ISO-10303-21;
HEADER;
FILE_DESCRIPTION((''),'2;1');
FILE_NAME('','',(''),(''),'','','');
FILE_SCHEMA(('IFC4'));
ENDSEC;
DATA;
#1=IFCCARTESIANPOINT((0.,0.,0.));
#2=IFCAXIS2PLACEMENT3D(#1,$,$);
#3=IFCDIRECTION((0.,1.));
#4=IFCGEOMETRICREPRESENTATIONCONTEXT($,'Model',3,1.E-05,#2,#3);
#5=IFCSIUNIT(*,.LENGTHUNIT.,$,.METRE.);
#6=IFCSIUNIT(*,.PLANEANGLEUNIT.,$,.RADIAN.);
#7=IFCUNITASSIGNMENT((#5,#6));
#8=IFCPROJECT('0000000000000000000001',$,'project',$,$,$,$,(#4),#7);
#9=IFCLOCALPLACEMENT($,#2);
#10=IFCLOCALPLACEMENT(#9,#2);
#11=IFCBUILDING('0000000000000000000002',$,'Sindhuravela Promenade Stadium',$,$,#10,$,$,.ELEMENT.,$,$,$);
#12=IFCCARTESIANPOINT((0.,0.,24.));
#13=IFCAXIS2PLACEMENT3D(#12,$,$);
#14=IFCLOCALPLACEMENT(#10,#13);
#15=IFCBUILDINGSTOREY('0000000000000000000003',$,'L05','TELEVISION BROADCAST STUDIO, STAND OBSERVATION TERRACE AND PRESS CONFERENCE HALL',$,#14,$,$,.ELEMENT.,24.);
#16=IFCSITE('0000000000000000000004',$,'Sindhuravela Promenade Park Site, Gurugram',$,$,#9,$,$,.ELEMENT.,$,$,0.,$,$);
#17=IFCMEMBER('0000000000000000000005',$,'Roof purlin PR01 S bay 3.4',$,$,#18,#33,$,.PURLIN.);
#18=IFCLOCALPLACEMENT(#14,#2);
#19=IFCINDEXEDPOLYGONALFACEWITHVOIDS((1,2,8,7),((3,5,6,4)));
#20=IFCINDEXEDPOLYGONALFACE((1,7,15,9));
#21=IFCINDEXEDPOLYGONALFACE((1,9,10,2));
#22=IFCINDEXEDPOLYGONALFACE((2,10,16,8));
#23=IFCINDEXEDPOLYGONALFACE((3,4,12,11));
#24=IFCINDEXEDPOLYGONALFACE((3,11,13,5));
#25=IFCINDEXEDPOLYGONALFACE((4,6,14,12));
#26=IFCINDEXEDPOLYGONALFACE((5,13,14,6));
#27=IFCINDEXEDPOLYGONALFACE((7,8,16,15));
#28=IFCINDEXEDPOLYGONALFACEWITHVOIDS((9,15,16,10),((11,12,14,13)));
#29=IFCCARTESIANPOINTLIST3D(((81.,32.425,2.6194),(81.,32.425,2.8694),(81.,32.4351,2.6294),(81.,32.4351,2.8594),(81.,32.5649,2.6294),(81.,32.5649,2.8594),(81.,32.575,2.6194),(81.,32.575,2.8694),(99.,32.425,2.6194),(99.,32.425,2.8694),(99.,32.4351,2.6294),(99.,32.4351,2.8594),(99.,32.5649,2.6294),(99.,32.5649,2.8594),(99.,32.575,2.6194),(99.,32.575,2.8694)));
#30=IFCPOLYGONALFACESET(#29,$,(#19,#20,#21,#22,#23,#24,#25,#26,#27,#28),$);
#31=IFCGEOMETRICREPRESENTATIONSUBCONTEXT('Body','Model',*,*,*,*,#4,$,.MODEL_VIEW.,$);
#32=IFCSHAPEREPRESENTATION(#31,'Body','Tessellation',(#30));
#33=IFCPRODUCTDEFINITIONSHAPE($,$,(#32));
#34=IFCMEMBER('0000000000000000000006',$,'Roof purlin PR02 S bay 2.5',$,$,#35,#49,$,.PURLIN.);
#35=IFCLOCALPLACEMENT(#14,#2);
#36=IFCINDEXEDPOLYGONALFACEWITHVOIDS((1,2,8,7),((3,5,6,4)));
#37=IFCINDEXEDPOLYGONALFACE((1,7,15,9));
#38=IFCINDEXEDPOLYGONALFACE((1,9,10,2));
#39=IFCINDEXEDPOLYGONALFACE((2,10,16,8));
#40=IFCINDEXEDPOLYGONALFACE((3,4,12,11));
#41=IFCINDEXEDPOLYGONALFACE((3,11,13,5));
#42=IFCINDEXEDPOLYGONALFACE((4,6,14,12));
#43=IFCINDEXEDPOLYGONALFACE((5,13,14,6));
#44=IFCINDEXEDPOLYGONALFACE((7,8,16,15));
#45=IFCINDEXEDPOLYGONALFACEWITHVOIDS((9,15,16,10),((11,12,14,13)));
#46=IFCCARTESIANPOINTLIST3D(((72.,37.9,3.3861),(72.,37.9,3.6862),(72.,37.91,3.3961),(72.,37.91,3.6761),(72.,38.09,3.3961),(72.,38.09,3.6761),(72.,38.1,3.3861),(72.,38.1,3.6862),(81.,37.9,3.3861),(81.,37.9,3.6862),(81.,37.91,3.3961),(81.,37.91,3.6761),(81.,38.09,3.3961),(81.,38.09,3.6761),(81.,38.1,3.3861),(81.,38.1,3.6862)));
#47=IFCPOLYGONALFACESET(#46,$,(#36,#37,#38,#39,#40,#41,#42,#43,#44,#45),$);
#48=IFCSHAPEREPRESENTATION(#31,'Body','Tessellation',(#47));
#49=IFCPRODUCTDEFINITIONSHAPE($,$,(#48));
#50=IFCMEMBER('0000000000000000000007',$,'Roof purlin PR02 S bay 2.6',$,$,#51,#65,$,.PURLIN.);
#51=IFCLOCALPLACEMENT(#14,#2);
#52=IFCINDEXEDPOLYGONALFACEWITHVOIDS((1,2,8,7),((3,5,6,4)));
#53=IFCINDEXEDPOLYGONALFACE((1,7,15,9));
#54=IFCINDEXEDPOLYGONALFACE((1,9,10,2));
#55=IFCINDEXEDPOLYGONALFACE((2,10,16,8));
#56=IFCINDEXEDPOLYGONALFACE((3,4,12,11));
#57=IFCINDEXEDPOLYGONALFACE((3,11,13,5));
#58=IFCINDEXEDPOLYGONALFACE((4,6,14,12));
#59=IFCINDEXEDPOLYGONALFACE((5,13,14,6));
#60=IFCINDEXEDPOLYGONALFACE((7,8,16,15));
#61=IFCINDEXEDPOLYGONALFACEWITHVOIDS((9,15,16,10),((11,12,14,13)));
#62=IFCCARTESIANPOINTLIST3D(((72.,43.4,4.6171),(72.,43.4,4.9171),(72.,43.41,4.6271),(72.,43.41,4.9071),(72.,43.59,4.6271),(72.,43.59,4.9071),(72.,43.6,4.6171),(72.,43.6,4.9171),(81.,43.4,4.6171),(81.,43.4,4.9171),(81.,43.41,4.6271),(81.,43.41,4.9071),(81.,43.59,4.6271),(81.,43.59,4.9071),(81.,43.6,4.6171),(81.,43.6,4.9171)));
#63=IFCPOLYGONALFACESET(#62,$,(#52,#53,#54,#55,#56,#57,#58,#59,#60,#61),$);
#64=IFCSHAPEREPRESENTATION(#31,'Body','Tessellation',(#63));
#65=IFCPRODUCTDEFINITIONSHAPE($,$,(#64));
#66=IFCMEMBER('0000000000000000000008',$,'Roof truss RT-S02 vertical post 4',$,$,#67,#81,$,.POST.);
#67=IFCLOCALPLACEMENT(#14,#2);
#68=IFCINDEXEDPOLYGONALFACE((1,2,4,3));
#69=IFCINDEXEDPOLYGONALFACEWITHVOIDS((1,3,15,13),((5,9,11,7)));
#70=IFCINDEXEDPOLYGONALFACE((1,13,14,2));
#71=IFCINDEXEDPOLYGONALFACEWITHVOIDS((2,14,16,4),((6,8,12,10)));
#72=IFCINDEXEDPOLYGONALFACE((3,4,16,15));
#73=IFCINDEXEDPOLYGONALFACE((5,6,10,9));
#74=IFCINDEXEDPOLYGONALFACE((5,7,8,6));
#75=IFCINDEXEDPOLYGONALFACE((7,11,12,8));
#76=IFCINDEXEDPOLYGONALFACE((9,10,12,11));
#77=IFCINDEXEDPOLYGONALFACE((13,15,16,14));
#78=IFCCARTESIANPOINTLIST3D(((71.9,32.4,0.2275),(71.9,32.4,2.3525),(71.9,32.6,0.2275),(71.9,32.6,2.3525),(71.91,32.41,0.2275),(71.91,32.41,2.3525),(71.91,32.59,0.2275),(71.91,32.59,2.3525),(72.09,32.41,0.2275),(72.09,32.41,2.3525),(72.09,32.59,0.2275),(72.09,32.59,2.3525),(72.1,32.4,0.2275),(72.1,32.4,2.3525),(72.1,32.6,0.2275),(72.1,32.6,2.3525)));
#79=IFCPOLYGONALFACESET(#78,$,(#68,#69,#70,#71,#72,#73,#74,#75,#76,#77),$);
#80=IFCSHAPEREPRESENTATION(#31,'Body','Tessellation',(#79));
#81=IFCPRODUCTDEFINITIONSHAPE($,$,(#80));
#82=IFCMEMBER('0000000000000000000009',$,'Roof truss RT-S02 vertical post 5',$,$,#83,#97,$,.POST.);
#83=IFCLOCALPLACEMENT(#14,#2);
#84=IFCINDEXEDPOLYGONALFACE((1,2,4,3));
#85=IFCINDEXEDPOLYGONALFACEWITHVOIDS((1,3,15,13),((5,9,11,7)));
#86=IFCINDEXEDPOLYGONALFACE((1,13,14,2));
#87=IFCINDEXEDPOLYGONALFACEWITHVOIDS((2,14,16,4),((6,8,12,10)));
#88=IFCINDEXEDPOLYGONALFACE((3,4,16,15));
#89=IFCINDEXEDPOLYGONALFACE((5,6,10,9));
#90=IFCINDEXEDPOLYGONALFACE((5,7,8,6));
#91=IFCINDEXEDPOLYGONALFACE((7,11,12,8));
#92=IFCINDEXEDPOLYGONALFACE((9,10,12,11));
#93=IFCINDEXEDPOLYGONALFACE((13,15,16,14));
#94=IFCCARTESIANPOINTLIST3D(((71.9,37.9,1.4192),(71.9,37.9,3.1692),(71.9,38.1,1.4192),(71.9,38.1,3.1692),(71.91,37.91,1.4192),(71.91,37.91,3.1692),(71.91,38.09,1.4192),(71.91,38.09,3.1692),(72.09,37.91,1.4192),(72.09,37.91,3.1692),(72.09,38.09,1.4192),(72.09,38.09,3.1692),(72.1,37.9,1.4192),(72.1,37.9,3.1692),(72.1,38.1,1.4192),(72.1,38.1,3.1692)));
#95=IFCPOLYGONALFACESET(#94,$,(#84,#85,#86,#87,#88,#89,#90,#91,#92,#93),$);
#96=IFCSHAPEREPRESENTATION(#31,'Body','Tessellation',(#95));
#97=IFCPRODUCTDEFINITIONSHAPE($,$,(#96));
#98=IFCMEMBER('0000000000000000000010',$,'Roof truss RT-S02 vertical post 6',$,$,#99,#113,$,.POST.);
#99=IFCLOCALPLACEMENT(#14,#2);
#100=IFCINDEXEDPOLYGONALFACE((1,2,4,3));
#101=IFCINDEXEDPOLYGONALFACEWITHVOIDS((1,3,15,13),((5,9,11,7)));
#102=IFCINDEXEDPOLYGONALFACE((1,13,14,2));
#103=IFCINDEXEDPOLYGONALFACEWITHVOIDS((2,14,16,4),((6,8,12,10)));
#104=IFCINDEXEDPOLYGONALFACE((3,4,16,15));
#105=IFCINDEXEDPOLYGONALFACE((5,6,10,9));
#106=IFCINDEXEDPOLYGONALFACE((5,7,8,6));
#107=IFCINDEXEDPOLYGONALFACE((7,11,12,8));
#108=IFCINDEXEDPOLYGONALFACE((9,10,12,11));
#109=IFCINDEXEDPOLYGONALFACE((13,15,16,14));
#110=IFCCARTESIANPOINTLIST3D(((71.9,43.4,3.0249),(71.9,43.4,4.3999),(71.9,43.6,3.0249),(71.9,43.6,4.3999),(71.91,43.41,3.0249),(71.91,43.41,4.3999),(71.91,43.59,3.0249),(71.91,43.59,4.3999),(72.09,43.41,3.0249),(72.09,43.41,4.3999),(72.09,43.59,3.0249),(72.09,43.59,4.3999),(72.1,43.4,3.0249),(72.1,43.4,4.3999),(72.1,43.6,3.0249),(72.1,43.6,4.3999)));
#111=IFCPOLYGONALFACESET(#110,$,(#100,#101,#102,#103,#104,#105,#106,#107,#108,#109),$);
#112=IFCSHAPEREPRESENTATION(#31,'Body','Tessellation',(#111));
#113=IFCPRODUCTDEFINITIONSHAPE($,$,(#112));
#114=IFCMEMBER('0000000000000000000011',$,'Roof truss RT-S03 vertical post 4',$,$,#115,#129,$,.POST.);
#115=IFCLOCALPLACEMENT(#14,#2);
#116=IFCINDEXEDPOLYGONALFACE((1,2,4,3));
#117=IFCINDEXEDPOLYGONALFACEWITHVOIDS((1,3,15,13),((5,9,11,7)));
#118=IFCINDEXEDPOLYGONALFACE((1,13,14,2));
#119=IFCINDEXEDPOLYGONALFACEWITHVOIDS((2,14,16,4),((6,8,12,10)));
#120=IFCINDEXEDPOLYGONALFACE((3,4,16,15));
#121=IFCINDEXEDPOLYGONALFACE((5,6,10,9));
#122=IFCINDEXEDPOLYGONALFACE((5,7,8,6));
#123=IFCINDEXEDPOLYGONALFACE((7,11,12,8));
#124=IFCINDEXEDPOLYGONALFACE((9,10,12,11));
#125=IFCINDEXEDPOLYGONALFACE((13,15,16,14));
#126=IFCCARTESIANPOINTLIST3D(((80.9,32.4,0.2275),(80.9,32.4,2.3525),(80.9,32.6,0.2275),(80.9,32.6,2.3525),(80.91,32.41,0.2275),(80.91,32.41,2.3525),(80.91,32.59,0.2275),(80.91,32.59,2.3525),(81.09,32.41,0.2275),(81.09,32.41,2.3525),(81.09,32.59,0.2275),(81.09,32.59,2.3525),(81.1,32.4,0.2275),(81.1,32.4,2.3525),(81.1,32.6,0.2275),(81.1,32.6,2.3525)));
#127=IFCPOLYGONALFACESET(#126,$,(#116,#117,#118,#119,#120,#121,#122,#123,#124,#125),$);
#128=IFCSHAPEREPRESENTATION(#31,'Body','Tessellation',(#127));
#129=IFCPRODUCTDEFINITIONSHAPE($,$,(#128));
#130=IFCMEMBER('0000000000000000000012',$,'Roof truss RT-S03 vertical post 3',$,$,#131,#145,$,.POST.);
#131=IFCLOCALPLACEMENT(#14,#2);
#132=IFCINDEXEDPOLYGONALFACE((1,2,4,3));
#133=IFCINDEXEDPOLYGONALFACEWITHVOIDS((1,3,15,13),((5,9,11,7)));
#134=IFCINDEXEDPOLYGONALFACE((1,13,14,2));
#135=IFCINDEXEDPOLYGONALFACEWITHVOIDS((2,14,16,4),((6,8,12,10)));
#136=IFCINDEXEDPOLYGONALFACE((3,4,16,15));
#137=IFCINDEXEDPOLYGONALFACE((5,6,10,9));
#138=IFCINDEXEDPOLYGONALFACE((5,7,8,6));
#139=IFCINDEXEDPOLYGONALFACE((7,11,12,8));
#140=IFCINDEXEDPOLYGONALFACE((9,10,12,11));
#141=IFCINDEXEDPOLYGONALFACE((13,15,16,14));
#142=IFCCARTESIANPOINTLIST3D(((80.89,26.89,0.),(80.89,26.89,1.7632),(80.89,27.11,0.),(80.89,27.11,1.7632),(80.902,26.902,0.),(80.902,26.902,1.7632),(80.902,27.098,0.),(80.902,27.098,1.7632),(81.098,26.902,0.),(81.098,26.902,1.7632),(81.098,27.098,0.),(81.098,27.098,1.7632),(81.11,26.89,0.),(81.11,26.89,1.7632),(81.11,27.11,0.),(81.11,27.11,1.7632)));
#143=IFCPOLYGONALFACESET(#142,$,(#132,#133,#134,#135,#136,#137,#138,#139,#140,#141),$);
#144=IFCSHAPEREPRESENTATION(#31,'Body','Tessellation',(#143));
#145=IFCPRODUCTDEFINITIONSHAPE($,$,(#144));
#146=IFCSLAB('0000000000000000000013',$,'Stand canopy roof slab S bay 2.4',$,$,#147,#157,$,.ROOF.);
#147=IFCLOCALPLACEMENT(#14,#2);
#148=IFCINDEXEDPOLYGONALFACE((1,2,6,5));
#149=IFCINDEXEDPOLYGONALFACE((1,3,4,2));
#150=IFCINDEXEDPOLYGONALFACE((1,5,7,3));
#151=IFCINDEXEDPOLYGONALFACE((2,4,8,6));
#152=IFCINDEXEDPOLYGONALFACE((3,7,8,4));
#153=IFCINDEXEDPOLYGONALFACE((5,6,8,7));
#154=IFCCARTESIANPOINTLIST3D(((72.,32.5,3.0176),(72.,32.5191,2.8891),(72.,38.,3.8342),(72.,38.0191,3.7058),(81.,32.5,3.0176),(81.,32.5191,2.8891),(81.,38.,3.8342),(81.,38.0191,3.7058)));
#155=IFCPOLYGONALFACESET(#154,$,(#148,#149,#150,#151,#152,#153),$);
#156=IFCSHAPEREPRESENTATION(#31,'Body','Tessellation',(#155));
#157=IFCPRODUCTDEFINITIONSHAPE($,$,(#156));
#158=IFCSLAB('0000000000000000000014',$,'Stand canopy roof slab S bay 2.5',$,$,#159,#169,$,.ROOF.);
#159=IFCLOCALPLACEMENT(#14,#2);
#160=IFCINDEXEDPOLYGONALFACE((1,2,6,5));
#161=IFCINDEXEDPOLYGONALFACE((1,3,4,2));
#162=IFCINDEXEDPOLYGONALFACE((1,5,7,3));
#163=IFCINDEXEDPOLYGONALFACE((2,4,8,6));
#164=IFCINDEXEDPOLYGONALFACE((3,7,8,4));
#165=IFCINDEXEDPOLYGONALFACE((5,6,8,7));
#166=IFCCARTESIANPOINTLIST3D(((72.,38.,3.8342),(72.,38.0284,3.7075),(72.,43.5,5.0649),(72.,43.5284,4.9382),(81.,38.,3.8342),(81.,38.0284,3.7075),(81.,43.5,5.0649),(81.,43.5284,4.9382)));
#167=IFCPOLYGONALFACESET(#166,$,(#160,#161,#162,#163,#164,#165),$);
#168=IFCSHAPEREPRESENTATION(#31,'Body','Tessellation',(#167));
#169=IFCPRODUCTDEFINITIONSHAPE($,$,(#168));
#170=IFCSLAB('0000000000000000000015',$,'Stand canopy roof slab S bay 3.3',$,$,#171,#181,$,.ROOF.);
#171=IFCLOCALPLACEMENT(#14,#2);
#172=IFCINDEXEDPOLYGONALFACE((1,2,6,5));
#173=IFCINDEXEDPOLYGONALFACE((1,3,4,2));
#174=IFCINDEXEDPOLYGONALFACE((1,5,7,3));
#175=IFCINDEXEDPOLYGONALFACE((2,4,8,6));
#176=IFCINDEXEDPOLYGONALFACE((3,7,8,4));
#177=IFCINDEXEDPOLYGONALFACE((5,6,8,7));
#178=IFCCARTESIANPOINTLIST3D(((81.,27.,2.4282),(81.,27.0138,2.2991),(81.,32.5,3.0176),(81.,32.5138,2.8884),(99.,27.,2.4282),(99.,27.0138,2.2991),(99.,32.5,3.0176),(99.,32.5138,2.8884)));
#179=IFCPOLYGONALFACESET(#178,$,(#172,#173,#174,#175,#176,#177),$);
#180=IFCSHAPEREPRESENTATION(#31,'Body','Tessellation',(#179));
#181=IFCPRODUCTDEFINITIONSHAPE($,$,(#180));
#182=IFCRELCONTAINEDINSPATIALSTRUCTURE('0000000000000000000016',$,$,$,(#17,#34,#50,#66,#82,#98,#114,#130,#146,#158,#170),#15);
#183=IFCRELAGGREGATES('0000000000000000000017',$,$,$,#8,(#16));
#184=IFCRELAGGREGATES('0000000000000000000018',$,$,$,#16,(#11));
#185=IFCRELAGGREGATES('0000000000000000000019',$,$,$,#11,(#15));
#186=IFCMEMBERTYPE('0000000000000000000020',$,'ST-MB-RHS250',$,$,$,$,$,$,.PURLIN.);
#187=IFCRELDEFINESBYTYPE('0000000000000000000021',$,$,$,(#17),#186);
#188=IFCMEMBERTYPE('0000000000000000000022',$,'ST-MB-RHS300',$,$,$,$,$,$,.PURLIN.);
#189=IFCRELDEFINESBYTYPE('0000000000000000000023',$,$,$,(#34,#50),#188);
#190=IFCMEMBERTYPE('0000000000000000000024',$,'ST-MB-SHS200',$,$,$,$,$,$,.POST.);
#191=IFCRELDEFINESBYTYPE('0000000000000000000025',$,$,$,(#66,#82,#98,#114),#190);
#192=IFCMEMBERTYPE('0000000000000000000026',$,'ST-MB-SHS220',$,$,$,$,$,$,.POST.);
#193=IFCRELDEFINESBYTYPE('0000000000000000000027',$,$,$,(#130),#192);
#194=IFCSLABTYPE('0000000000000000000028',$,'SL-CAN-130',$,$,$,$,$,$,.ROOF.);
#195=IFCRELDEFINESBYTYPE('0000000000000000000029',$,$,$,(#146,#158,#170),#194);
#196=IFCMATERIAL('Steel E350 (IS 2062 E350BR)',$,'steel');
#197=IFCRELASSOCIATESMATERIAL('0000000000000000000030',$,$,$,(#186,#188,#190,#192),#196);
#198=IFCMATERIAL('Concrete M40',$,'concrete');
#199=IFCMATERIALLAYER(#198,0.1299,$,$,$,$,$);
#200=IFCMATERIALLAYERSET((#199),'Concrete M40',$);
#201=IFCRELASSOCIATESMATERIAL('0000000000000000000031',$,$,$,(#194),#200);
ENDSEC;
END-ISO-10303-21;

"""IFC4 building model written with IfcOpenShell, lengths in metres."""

from ifc_helpers import new_model, si_unit, direction, frame, origin, origin_2d, place, context, subcontext, project, spatial, polyline, hollow_rectangle, outline, extrude, material, layer, layer_set, material_profile, profile_set, type_object, element, save


model = new_model("IFC4")

# Units and contexts
model_context = context("Model", 3, precision=1e-05, world=origin(), true_north=direction((0.0, 1.0)))
body_context = subcontext(model_context, "Body", "Model", "MODEL_VIEW")
ifc_project = project(units=[si_unit("LENGTHUNIT", "METRE"), si_unit("PLANEANGLEUNIT", "RADIAN")], contexts=[model_context])

# Site, building, storey
site_placement = place(None, origin())
site = spatial("IfcSite", under=ifc_project, at=site_placement, Name="Sindhuravela Promenade Park Site, Gurugram", CompositionType="ELEMENT", RefElevation=0.0)
building_placement = place(site_placement, origin())
building = spatial("IfcBuilding", under=site, at=building_placement, Name="Sindhuravela Promenade Stadium", CompositionType="ELEMENT")
storey_placement = place(building_placement, frame((0.0, 0.0, 24.0)))
storey = spatial("IfcBuildingStorey", under=building, at=storey_placement, Name="L05", Description="TELEVISION BROADCAST STUDIO, STAND OBSERVATION TERRACE AND PRESS CONFERENCE HALL", CompositionType="ELEMENT", Elevation=24.0)

# Shared definitions
ifc_material_1 = material(Name="Steel E350 (IS 2062 E350BR)", Category="steel")

# Members
ifc_material_profile_1 = material_profile(ifc_material_1, hollow_rectangle(XDim=0.1499, YDim=0.25, WallThickness=0.01, at=origin_2d()), Name="RHS 250x150x10")
ifc_profile_set_1 = profile_set([ifc_material_profile_1], Name="Steel E350 (IS 2062 E350BR)")
member_type_1 = type_object("IfcMemberType", Name="ST-MB-RHS250", PredefinedType="PURLIN", material=ifc_profile_set_1)
for number, where, z_axis, x_axis, name in (
    (1, (81.0, 32.5, 2.7444), (1.0, 0.0, 0.0), (0.0, 1.0, 0.0), "Roof purlin PR01 S bay 3.4"),
):
    element("IfcMember", number, at=place(storey_placement, frame(where, z_axis=z_axis, x_axis=x_axis)), inside=storey, type_object=member_type_1, Name=name, PredefinedType="PURLIN", context=body_context, shape_type="SweptSolid", body=[
        extrude(hollow_rectangle(XDim=0.1499, YDim=0.25, WallThickness=0.01, at=origin_2d()), origin(), (0.0, 0.0, 1.0), 18.0),
    ])
ifc_material_profile_2 = material_profile(ifc_material_1, hollow_rectangle(XDim=0.2, YDim=0.3, WallThickness=0.01, at=origin_2d()), Name="RHS 300x200x10")
ifc_profile_set_2 = profile_set([ifc_material_profile_2], Name="Steel E350 (IS 2062 E350BR)")
member_type_2 = type_object("IfcMemberType", Name="ST-MB-RHS300", PredefinedType="PURLIN", material=ifc_profile_set_2)
for number, where, z_axis, x_axis, name in (
    (2, (72.0, 38.0, 3.5361), (1.0, 0.0, 0.0), (0.0, 1.0, 0.0), "Roof purlin PR02 S bay 2.5"),
    (3, (72.0, 43.5, 4.7671), (1.0, 0.0, 0.0), (0.0, 1.0, 0.0), "Roof purlin PR02 S bay 2.6"),
):
    element("IfcMember", number, at=place(storey_placement, frame(where, z_axis=z_axis, x_axis=x_axis)), inside=storey, type_object=member_type_2, Name=name, PredefinedType="PURLIN", context=body_context, shape_type="SweptSolid", body=[
        extrude(hollow_rectangle(XDim=0.2, YDim=0.3, WallThickness=0.01, at=origin_2d()), origin(), (0.0, 0.0, 1.0), 9.0),
    ])
ifc_material_profile_3 = material_profile(ifc_material_1, hollow_rectangle(XDim=0.2, YDim=0.2, WallThickness=0.01, at=origin_2d()), Name="SHS 200x200x10")
ifc_profile_set_3 = profile_set([ifc_material_profile_3], Name="Steel E350 (IS 2062 E350BR)")
member_type_3 = type_object("IfcMemberType", Name="ST-MB-SHS200", PredefinedType="POST", material=ifc_profile_set_3)
member_1_placement = place(storey_placement, frame((72.0, 32.5, 0.2275), z_axis=(0.0, 0.0, 1.0), x_axis=(1.0, 0.0, 0.0)))
element("IfcMember", 4, at=member_1_placement, inside=storey, type_object=member_type_3, Name="Roof truss RT-S02 vertical post 4", PredefinedType="POST", context=body_context, shape_type="SweptSolid", body=[
    extrude(hollow_rectangle(XDim=0.2, YDim=0.2, WallThickness=0.01, at=origin_2d()), origin(), (0.0, 0.0, 1.0), 2.125),
])
member_2_placement = place(storey_placement, frame((72.0, 38.0, 1.4192), z_axis=(0.0, 0.0, 1.0), x_axis=(1.0, 0.0, 0.0)))
element("IfcMember", 5, at=member_2_placement, inside=storey, type_object=member_type_3, Name="Roof truss RT-S02 vertical post 5", PredefinedType="POST", context=body_context, shape_type="SweptSolid", body=[
    extrude(hollow_rectangle(XDim=0.2, YDim=0.2, WallThickness=0.01, at=origin_2d()), origin(), (0.0, 0.0, 1.0), 1.75),
])
member_3_placement = place(storey_placement, frame((72.0, 43.5, 3.0249), z_axis=(0.0, 0.0, 1.0), x_axis=(1.0, 0.0, 0.0)))
element("IfcMember", 6, at=member_3_placement, inside=storey, type_object=member_type_3, Name="Roof truss RT-S02 vertical post 6", PredefinedType="POST", context=body_context, shape_type="SweptSolid", body=[
    extrude(hollow_rectangle(XDim=0.2, YDim=0.2, WallThickness=0.01, at=origin_2d()), origin(), (0.0, 0.0, 1.0), 1.375),
])
member_4_placement = place(storey_placement, frame((81.0, 32.5, 0.2275), z_axis=(0.0, 0.0, 1.0), x_axis=(1.0, 0.0, 0.0)))
element("IfcMember", 7, at=member_4_placement, inside=storey, type_object=member_type_3, Name="Roof truss RT-S03 vertical post 4", PredefinedType="POST", context=body_context, shape_type="SweptSolid", body=[
    extrude(hollow_rectangle(XDim=0.2, YDim=0.2, WallThickness=0.01, at=origin_2d()), origin(), (0.0, 0.0, 1.0), 2.125),
])
ifc_material_profile_4 = material_profile(ifc_material_1, hollow_rectangle(XDim=0.22, YDim=0.22, WallThickness=0.012, at=origin_2d()), Name="SHS 220x220x12")
ifc_profile_set_4 = profile_set([ifc_material_profile_4], Name="Steel E350 (IS 2062 E350BR)")
member_type_4 = type_object("IfcMemberType", Name="ST-MB-SHS220", PredefinedType="POST", material=ifc_profile_set_4)
member_5_placement = place(storey_placement, frame((81.0, 27.0, 0.0), z_axis=(0.0, 0.0, 1.0), x_axis=(1.0, 0.0, 0.0)))
element("IfcMember", 8, at=member_5_placement, inside=storey, type_object=member_type_4, Name="Roof truss RT-S03 vertical post 3", PredefinedType="POST", context=body_context, shape_type="SweptSolid", body=[
    extrude(hollow_rectangle(XDim=0.22, YDim=0.22, WallThickness=0.012, at=origin_2d()), origin(), (0.0, 0.0, 1.0), 1.7632),
])

# Slabs
ifc_material_2 = material(Name="Concrete M40", Category="concrete")
ifc_layer_1 = layer(ifc_material_2, 0.1299)
ifc_layer_set_1 = layer_set([ifc_layer_1], Name="Concrete M40")
slab_type = type_object("IfcSlabType", Name="SL-CAN-130", PredefinedType="ROOF", material=ifc_layer_set_1)
slab_1_placement = place(storey_placement, frame((72.0, 32.5, 3.0176), z_axis=(0.0, -0.146872, 0.989156), x_axis=(1.0, 0.0, 0.0)))
element("IfcSlab", 9, at=slab_1_placement, inside=storey, type_object=slab_type, Name="Stand canopy roof slab S bay 2.4", PredefinedType="ROOF", context=body_context, shape_type="SweptSolid", body=[
    extrude(outline(polyline([(0.0, 0.0), (9.0, 0.0), (9.0, 5.5603), (0.0, 5.5603), (0.0, 0.0)])), origin(), (0.0, 0.0, -1.0), 0.1299),
])
slab_2_placement = place(storey_placement, frame((72.0, 38.0, 3.8342), z_axis=(0.0, -0.218366, 0.975867), x_axis=(1.0, 0.0, 0.0)))
element("IfcSlab", 10, at=slab_2_placement, inside=storey, type_object=slab_type, Name="Stand canopy roof slab S bay 2.5", PredefinedType="ROOF", context=body_context, shape_type="SweptSolid", body=[
    extrude(outline(polyline([(0.0, 0.0), (9.0, 0.0), (9.0, 5.636), (0.0, 5.636), (0.0, 0.0)])), origin(), (0.0, 0.0, -1.0), 0.1299),
])
slab_3_placement = place(storey_placement, frame((81.0, 27.0, 2.4282), z_axis=(0.0, -0.106546, 0.994308), x_axis=(1.0, 0.0, 0.0)))
element("IfcSlab", 11, at=slab_3_placement, inside=storey, type_object=slab_type, Name="Stand canopy roof slab S bay 3.3", PredefinedType="ROOF", context=body_context, shape_type="SweptSolid", body=[
    extrude(outline(polyline([(0.0, 0.0), (18.0, 0.0), (18.0, 5.5315), (0.0, 5.5315), (0.0, 0.0)])), origin(), (0.0, 0.0, -1.0), 0.1299),
])

save(model, "model.ifc")
